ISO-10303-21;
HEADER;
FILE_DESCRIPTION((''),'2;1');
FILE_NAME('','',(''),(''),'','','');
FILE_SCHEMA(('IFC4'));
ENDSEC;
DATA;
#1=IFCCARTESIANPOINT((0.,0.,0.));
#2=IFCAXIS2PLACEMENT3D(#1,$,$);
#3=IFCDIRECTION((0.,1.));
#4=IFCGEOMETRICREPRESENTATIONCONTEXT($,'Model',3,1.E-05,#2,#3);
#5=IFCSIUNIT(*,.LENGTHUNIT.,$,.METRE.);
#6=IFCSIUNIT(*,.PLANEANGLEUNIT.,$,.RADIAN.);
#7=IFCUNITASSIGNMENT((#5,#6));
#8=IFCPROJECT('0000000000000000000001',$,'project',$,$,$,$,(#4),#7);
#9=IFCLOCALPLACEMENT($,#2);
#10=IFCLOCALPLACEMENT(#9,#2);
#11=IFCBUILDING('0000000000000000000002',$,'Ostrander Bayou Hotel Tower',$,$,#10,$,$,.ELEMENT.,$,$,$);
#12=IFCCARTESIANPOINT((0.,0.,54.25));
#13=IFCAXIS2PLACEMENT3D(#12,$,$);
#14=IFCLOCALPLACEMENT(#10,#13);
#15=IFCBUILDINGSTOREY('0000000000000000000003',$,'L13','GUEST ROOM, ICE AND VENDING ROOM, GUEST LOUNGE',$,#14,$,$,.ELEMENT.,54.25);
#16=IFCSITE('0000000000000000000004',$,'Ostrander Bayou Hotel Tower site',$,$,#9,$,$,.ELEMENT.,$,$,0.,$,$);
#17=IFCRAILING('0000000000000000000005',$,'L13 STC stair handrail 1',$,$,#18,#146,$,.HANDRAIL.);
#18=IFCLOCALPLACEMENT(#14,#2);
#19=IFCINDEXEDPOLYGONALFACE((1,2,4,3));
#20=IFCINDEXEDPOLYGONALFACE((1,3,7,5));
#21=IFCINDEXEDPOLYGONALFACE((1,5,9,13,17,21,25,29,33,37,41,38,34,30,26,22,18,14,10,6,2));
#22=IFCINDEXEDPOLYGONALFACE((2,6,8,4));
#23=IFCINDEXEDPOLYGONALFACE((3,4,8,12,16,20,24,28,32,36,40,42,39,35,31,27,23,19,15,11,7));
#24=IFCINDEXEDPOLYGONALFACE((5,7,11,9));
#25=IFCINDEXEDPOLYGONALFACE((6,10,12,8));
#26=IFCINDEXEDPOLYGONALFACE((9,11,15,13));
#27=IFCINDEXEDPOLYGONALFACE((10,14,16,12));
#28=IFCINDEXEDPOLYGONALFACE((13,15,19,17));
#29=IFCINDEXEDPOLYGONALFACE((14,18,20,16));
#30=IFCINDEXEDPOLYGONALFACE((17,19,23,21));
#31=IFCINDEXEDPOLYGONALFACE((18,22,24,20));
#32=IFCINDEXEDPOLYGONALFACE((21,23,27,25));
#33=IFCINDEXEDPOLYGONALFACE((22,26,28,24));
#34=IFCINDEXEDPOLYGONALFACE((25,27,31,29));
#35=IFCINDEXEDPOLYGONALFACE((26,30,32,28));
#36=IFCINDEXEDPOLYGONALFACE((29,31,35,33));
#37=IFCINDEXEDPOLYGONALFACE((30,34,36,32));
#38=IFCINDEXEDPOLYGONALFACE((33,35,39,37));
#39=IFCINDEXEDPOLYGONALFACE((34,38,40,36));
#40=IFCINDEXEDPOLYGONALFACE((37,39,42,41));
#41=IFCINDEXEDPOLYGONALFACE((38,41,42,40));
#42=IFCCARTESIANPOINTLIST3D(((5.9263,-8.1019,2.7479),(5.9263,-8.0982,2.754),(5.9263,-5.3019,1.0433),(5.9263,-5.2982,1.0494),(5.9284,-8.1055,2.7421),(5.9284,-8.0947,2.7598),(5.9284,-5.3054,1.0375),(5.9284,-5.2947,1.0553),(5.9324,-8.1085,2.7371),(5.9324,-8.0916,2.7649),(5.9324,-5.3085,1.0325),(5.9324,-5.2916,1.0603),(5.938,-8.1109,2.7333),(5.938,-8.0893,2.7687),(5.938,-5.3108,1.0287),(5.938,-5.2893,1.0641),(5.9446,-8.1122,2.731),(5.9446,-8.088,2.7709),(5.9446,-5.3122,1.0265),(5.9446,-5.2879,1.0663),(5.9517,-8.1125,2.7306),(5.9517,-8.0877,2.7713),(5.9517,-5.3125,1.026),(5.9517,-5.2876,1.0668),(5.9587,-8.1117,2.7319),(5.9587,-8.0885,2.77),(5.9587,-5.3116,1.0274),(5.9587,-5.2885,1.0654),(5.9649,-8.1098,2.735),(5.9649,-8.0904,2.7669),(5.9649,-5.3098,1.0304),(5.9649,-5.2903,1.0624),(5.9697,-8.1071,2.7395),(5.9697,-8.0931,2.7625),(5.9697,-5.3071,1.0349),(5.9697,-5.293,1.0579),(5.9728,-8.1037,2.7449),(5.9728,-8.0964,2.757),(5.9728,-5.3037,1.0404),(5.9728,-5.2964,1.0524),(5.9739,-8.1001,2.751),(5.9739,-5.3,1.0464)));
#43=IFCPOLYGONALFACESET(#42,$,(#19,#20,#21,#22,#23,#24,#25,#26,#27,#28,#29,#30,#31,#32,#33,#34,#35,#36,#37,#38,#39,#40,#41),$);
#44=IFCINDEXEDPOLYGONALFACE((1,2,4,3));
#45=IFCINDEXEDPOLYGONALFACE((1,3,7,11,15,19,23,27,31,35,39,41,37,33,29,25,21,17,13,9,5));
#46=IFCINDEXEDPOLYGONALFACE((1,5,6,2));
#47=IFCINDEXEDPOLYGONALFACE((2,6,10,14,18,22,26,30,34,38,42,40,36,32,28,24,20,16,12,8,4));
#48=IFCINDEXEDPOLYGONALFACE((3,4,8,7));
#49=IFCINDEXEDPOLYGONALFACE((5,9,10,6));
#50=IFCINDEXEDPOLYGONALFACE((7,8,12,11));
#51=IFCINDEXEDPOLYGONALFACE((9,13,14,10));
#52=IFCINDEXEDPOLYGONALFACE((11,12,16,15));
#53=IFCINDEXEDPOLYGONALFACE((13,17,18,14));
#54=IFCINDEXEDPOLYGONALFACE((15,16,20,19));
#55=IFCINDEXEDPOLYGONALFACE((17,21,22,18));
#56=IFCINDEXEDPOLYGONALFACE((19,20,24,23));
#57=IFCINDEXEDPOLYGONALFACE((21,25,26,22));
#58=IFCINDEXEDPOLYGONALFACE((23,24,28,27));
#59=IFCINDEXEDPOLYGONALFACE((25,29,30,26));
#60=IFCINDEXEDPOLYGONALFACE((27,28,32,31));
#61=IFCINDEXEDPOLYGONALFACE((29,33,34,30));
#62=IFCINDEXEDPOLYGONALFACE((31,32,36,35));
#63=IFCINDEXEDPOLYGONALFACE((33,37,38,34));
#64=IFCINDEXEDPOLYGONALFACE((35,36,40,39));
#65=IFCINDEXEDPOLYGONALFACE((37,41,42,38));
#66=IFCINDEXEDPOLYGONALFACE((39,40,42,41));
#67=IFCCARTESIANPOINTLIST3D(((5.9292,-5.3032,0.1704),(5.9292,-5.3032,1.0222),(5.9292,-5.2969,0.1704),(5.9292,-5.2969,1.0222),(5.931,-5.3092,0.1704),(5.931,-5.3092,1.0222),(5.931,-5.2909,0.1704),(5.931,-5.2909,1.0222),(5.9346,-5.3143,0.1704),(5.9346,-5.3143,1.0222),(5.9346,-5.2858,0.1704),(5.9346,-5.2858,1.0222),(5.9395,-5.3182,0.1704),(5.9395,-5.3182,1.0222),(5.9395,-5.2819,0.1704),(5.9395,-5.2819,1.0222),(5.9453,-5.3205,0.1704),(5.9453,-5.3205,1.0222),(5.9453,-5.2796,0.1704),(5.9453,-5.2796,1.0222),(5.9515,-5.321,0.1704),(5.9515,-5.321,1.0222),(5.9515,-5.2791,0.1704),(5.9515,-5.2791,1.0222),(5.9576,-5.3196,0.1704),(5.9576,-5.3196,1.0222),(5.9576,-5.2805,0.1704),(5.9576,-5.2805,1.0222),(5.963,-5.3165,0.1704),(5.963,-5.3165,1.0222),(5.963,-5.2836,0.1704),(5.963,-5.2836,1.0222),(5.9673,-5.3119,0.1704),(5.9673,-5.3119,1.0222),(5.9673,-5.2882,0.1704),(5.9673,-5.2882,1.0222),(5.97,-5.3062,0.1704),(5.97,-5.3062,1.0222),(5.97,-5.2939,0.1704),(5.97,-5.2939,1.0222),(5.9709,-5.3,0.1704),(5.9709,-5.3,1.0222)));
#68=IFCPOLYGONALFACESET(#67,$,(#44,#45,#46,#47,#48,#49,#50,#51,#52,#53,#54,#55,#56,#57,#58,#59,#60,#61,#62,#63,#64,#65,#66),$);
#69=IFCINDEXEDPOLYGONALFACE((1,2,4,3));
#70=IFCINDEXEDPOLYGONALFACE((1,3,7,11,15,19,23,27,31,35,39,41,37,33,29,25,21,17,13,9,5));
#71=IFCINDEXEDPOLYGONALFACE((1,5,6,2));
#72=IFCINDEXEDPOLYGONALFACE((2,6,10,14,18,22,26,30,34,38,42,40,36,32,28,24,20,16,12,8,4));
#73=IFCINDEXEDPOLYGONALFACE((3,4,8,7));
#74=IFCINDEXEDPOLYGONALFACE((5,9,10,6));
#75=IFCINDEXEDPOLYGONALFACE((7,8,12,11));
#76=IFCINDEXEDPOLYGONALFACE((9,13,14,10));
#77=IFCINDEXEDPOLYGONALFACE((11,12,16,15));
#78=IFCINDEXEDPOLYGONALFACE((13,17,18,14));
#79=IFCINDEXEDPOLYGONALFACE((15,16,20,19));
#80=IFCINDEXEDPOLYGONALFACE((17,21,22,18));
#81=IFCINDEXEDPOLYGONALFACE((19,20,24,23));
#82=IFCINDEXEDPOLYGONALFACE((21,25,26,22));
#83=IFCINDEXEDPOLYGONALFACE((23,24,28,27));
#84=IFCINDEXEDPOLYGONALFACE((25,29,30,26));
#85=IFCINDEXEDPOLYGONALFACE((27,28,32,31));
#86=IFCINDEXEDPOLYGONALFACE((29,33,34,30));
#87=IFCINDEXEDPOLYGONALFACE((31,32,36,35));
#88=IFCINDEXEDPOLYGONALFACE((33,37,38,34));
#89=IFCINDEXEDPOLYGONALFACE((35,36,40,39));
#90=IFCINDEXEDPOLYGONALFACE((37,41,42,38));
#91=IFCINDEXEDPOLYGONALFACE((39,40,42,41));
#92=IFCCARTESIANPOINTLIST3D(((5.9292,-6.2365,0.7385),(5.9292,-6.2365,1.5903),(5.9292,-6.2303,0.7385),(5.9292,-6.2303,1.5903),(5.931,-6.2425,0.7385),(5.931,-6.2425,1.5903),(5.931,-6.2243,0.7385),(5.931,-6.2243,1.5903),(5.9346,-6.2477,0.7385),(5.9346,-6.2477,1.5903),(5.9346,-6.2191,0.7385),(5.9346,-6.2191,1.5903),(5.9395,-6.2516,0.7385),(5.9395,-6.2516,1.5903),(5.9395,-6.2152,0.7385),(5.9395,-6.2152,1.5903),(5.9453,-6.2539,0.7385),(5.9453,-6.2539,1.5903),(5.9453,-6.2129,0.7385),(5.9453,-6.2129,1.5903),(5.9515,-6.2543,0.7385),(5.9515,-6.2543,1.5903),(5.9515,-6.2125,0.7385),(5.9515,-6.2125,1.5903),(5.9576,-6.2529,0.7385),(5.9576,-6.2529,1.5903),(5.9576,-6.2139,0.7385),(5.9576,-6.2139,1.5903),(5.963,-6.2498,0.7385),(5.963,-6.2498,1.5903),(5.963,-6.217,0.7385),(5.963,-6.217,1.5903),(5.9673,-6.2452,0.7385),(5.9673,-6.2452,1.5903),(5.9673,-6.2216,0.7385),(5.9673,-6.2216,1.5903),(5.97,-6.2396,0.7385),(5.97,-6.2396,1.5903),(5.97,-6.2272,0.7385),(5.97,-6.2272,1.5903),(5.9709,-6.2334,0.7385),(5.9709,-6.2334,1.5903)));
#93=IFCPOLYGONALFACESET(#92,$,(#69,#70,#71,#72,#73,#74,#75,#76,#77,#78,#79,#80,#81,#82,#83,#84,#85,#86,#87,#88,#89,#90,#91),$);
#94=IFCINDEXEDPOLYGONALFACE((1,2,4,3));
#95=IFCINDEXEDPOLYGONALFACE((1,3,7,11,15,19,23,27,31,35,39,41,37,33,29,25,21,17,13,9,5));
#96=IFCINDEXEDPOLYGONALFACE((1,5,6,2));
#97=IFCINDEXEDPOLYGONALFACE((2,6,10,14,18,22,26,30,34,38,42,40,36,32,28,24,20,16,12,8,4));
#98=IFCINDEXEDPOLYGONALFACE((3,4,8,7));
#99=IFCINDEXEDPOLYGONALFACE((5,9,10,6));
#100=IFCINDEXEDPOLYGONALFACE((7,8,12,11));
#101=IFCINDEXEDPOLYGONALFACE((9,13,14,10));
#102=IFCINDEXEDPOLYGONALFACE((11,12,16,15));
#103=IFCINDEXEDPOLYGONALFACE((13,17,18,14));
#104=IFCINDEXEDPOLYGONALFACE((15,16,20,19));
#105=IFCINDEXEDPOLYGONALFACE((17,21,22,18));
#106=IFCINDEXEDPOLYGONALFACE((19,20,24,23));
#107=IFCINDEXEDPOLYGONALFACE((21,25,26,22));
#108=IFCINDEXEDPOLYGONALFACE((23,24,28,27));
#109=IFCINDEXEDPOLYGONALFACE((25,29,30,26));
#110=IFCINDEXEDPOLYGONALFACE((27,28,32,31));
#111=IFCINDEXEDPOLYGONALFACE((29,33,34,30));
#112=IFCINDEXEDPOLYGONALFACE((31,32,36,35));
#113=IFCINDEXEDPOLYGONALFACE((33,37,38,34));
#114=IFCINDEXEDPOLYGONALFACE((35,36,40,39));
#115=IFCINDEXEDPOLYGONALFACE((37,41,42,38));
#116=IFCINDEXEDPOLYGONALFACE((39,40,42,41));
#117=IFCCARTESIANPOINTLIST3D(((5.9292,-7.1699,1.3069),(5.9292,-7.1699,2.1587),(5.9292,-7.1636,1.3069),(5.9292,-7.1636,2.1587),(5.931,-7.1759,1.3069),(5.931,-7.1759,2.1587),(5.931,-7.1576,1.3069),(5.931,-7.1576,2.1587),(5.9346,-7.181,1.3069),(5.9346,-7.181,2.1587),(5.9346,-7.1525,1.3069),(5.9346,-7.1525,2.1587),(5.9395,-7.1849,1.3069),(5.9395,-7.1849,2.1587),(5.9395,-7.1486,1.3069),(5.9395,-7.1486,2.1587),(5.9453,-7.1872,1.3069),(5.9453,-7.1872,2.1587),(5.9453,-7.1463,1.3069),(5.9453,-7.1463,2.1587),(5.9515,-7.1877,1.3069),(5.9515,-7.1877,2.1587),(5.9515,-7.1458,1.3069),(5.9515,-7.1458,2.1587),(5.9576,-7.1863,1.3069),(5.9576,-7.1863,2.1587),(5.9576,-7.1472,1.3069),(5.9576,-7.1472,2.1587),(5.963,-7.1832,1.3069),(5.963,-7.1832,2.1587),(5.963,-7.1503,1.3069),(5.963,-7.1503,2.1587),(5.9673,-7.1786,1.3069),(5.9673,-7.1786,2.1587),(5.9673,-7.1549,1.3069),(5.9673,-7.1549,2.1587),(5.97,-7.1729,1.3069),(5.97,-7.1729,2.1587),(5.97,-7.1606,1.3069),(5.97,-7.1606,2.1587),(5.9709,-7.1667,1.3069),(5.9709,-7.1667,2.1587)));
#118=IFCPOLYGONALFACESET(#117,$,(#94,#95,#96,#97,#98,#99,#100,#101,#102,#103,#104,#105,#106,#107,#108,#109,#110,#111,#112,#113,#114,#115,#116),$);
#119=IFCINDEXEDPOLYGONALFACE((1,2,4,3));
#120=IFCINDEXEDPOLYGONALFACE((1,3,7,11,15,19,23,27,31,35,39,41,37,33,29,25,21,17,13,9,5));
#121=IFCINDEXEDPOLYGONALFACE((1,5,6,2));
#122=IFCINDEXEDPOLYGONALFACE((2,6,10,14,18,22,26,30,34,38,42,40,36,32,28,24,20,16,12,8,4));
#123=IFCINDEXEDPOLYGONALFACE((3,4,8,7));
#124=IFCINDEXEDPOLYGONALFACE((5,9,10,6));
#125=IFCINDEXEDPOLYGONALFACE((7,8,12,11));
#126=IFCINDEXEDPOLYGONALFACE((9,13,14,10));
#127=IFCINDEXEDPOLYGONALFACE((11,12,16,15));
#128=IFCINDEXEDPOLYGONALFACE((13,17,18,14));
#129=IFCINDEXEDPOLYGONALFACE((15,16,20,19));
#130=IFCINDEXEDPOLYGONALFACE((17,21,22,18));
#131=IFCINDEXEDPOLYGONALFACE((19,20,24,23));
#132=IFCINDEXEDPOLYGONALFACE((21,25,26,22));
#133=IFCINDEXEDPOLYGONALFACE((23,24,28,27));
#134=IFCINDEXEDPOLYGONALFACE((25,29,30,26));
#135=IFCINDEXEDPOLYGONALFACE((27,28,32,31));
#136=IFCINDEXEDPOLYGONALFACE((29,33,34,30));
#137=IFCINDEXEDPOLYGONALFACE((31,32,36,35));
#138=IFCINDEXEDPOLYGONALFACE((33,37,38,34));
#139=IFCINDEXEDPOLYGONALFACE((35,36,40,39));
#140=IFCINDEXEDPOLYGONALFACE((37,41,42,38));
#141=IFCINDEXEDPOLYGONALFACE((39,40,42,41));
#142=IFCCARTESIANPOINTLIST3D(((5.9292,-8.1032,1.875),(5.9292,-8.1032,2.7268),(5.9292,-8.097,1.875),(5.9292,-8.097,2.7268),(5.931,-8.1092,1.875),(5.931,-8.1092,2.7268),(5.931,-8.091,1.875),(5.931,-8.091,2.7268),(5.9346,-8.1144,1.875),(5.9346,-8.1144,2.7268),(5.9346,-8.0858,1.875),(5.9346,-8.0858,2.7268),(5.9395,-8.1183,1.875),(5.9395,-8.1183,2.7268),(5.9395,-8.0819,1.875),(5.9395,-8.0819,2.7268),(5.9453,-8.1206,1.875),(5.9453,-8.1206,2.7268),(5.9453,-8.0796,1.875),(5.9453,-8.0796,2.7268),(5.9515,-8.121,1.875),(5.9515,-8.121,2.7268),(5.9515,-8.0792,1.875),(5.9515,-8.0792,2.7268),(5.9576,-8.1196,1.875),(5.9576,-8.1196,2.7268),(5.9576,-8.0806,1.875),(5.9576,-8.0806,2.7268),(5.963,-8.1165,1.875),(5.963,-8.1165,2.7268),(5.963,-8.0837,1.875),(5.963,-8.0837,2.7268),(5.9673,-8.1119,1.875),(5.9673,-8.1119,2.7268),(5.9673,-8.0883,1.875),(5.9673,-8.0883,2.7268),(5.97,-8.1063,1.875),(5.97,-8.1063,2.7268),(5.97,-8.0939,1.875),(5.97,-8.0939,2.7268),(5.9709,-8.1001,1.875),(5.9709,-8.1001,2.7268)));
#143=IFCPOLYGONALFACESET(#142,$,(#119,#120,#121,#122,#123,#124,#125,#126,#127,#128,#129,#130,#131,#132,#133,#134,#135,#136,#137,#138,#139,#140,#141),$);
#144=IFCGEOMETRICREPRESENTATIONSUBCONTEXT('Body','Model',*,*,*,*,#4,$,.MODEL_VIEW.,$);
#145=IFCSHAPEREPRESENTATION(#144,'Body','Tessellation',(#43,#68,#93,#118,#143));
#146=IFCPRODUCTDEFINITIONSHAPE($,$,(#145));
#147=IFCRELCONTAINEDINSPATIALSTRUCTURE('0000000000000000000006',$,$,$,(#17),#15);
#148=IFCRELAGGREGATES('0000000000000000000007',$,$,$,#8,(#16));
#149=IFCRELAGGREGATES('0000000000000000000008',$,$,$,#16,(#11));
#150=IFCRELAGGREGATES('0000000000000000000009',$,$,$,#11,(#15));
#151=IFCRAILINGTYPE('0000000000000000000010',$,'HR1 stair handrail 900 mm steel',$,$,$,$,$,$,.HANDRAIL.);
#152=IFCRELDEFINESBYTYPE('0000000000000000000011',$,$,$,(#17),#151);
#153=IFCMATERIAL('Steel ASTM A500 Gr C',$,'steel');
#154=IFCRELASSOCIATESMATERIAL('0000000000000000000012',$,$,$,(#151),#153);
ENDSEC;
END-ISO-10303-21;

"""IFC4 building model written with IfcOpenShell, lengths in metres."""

from ifc_helpers import new_model, si_unit, direction, frame, origin, origin_2d, place, context, subcontext, project, spatial, circle, extrude, material, type_object, element, save


model = new_model("IFC4")

# Units and contexts
model_context = context("Model", 3, precision=1e-05, world=origin(), true_north=direction((0.0, 1.0)))
body_context = subcontext(model_context, "Body", "Model", "MODEL_VIEW")
ifc_project = project(units=[si_unit("LENGTHUNIT", "METRE"), si_unit("PLANEANGLEUNIT", "RADIAN")], contexts=[model_context])

# Site, building, storey
site_placement = place(None, origin())
site = spatial("IfcSite", under=ifc_project, at=site_placement, Name="Ostrander Bayou Hotel Tower site", CompositionType="ELEMENT", RefElevation=0.0)
building_placement = place(site_placement, origin())
building = spatial("IfcBuilding", under=site, at=building_placement, Name="Ostrander Bayou Hotel Tower", CompositionType="ELEMENT")
storey_placement = place(building_placement, frame((0.0, 0.0, 54.25)))
storey = spatial("IfcBuildingStorey", under=building, at=storey_placement, Name="L13", Description="GUEST ROOM, ICE AND VENDING ROOM, GUEST LOUNGE", CompositionType="ELEMENT", Elevation=54.25)

# Railing
ifc_material_1 = material(Name="Steel ASTM A500 Gr C", Category="steel")
railing_type_1 = type_object("IfcRailingType", Name="HR1 stair handrail 900 mm steel", PredefinedType="HANDRAIL", material=ifc_material_1)
railing_1_placement = place(storey_placement, frame((5.95, -5.3, 0.1704)))
element("IfcRailing", 1, at=railing_1_placement, inside=storey, type_object=railing_type_1, Name="L13 STC stair handrail 1", PredefinedType="HANDRAIL", context=body_context, shape_type="SweptSolid", body=[
    extrude(circle(Radius=0.0239, at=origin_2d()), frame((0.0, 0.0, 0.876), z_axis=(0.0, -0.85417, 0.519994), x_axis=(1.0, 0.0, 0.0)), (0.0, 0.0, 1.0), 3.2781),
    extrude(circle(Radius=0.021, at=origin_2d()), origin(), (0.0, 0.0, 1.0), 0.8518),
    extrude(circle(Radius=0.021, at=origin_2d()), frame((0.0, -0.9333, 0.5681)), (0.0, 0.0, 1.0), 0.8518),
    extrude(circle(Radius=0.021, at=origin_2d()), frame((0.0, -1.8667, 1.1365)), (0.0, 0.0, 1.0), 0.8518),
    extrude(circle(Radius=0.021, at=origin_2d()), frame((0.0, -2.8, 1.7046)), (0.0, 0.0, 1.0), 0.8518),
])

save(model, "model.ifc")
